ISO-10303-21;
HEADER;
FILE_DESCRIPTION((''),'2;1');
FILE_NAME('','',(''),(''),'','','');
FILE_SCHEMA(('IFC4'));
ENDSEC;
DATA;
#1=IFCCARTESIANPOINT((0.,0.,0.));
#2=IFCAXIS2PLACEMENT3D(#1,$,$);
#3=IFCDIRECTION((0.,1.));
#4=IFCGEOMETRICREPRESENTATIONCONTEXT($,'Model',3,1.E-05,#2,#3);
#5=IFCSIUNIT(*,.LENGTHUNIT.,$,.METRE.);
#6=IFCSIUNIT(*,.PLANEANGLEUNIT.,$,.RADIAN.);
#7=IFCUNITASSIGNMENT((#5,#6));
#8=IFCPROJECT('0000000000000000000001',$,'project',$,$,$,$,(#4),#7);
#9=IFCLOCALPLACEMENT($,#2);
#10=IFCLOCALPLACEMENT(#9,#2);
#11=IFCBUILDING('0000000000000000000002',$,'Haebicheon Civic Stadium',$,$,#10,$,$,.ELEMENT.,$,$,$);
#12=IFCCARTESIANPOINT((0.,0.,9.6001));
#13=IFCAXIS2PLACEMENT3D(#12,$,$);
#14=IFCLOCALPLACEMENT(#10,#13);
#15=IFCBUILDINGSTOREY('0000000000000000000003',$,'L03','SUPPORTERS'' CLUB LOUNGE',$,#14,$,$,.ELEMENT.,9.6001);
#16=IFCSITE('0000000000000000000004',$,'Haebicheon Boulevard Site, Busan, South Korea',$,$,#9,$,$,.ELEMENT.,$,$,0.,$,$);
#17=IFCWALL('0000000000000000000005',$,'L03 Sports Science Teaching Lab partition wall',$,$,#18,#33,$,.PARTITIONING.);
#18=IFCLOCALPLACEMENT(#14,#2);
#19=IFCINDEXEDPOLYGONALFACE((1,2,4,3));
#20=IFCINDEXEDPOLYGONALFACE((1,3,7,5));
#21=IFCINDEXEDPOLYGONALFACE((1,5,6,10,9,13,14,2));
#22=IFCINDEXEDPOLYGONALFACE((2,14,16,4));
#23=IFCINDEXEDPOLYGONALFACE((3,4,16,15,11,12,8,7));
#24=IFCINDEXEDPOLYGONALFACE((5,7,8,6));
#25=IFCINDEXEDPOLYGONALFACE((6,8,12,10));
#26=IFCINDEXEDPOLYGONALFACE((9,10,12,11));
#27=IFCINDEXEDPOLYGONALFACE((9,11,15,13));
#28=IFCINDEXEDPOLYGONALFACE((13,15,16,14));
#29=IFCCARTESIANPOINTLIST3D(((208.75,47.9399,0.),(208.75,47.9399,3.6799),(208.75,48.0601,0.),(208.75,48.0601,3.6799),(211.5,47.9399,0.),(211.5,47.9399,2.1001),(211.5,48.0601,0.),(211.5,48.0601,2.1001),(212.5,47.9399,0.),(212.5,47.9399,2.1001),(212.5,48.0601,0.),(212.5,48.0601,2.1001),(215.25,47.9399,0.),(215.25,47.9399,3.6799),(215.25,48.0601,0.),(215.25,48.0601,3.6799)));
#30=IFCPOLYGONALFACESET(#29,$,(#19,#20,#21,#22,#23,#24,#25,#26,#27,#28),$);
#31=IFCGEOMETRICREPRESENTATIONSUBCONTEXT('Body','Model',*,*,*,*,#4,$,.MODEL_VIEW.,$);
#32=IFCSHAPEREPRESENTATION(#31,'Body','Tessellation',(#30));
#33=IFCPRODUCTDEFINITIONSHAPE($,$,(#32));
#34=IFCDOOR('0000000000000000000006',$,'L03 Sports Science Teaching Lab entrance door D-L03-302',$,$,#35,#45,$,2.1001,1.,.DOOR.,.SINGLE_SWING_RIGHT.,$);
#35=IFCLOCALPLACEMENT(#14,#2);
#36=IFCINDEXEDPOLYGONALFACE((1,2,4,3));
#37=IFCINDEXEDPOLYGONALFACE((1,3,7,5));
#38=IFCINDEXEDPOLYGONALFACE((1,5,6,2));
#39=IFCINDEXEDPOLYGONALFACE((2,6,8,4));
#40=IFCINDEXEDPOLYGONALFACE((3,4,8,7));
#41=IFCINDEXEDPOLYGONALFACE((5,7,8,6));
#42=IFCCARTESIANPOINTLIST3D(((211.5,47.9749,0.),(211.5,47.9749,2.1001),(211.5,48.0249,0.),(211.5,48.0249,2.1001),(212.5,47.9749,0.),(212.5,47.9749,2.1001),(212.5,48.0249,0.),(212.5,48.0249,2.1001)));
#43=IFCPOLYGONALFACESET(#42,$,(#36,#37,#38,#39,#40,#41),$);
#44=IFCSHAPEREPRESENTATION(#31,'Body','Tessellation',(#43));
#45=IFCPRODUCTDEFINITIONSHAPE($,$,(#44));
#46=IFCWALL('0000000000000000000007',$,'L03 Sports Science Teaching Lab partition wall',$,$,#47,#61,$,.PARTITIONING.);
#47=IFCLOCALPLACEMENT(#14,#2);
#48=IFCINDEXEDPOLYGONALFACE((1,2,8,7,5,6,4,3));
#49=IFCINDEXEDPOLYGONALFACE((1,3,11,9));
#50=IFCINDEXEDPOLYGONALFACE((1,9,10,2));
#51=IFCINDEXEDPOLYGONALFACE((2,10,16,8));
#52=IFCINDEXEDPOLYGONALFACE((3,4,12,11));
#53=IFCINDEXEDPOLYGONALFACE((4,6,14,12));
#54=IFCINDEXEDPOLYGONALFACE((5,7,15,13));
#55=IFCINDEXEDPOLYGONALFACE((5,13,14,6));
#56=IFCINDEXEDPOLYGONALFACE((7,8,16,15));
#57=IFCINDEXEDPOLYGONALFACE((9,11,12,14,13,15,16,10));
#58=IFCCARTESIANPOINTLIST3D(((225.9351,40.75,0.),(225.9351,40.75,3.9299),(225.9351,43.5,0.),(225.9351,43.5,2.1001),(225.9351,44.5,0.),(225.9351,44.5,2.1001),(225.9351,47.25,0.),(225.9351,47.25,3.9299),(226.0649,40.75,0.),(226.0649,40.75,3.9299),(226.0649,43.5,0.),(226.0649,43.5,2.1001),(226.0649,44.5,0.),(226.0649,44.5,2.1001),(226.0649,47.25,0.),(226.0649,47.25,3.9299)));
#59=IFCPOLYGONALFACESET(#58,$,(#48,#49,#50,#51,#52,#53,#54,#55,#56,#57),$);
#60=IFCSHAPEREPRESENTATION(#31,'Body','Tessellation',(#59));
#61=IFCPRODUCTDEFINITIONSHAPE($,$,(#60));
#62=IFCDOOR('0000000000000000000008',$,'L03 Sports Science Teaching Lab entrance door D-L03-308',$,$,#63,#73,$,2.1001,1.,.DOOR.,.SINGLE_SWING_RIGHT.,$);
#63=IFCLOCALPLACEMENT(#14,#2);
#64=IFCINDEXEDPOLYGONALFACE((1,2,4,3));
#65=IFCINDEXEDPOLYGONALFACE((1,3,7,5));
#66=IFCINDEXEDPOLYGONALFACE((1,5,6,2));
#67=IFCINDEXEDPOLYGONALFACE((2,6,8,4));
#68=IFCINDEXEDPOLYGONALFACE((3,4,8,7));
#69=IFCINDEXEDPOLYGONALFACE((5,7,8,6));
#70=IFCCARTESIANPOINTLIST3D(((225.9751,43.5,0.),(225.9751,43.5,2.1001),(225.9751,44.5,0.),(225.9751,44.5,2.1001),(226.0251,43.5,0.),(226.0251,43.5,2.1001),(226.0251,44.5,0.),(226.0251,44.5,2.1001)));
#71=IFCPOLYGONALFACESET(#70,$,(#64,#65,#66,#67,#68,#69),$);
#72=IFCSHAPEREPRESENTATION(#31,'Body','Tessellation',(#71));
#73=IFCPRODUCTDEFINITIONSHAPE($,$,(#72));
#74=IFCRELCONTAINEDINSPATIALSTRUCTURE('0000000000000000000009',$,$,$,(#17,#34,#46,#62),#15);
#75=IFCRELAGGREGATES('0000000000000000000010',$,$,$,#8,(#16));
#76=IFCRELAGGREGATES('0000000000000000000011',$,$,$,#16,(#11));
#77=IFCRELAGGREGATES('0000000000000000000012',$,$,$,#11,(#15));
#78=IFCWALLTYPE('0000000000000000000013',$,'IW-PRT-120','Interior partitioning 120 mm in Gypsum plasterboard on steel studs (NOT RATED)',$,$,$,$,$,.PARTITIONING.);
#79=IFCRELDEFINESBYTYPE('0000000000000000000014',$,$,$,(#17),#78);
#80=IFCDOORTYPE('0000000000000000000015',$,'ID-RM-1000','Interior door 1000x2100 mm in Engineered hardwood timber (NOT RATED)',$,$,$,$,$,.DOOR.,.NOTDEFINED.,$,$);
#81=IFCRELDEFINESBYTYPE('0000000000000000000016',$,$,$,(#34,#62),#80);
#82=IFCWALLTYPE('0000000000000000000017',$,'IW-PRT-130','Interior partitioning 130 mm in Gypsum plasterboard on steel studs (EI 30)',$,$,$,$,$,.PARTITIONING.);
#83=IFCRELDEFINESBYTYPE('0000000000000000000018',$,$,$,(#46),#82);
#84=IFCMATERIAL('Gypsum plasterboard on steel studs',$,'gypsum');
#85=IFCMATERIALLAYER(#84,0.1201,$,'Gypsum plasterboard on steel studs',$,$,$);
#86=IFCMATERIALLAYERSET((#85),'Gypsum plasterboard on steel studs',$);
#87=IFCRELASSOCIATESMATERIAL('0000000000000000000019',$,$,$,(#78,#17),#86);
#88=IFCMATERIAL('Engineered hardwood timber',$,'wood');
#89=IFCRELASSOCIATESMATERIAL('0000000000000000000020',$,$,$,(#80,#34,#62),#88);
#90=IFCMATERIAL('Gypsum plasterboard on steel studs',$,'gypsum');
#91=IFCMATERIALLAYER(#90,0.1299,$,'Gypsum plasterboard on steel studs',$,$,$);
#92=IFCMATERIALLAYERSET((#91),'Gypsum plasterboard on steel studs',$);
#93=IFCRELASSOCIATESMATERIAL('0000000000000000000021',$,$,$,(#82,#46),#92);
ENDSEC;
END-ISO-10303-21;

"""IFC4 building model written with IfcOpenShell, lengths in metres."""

from ifc_helpers import new_model, si_unit, direction, frame, frame_2d, origin, place, context, subcontext, project, spatial, rectangle, extrude, material, layer, layer_set, type_object, element, fill, save


model = new_model("IFC4")

# Units and contexts
model_context = context("Model", 3, precision=1e-05, world=origin(), true_north=direction((0.0, 1.0)))
body_context = subcontext(model_context, "Body", "Model", "MODEL_VIEW")
ifc_project = project(units=[si_unit("LENGTHUNIT", "METRE"), si_unit("PLANEANGLEUNIT", "RADIAN")], contexts=[model_context])

# Site, building, storey
site_placement = place(None, origin())
site = spatial("IfcSite", under=ifc_project, at=site_placement, Name="Haebicheon Boulevard Site, Busan, South Korea", CompositionType="ELEMENT", RefElevation=0.0)
building_placement = place(site_placement, origin())
building = spatial("IfcBuilding", under=site, at=building_placement, Name="Haebicheon Civic Stadium", CompositionType="ELEMENT")
storey_placement = place(building_placement, frame((0.0, 0.0, 9.6001)))
storey = spatial("IfcBuildingStorey", under=building, at=storey_placement, Name="L03", Description="SUPPORTERS' CLUB LOUNGE", CompositionType="ELEMENT", Elevation=9.6001)

# Walls, openings, doors
ifc_material_1 = material(Name="Gypsum plasterboard on steel studs", Category="gypsum")
ifc_layer_1 = layer(ifc_material_1, 0.1201, Name="Gypsum plasterboard on steel studs")
ifc_layer_set_1 = layer_set([ifc_layer_1], Name="Gypsum plasterboard on steel studs")
wall_type_1 = type_object("IfcWallType", Name="IW-PRT-120", Description="Interior partitioning 120 mm in Gypsum plasterboard on steel studs (NOT RATED)", PredefinedType="PARTITIONING", material=ifc_layer_set_1)
wall_1_placement = place(storey_placement, frame((208.75, 48.0, 0.0), z_axis=(0.0, 0.0, 1.0), x_axis=(1.0, 0.0, 0.0)))
wall_1 = element("IfcWall", 1, at=wall_1_placement, inside=storey, type_object=wall_type_1, material=ifc_layer_set_1, Name="L03 Sports Science Teaching Lab partition wall", PredefinedType="PARTITIONING", context=body_context, shape_type="SweptSolid", body=[
    extrude(rectangle(XDim=6.5, YDim=0.1201, at=frame_2d((3.25, 0.0))), origin(), (0.0, 0.0, 1.0), 3.6799),
])
opening_1_placement = place(wall_1_placement, frame((2.75, 0.0, 0.0)))
opening_1 = element("IfcOpeningElement", 2, at=opening_1_placement, cuts=wall_1, PredefinedType="OPENING", context=body_context, shape_type="SweptSolid", body=[
    extrude(rectangle(XDim=1.0, YDim=2.1001, at=frame_2d((0.5, 1.05))), frame((0.0, 0.0701, 0.0), z_axis=(0.0, -1.0, 0.0), x_axis=(1.0, 0.0, 0.0)), (0.0, 0.0, 1.0), 0.1401),
])
ifc_material_2 = material(Name="Engineered hardwood timber", Category="wood")
door_type_1 = type_object("IfcDoorType", Name="ID-RM-1000", Description="Interior door 1000x2100 mm in Engineered hardwood timber (NOT RATED)", OperationType="NOTDEFINED", PredefinedType="DOOR", material=ifc_material_2)
door_1_placement = place(opening_1_placement, origin())
door_1 = element("IfcDoor", 3, at=door_1_placement, inside=storey, type_object=door_type_1, material=ifc_material_2, Name="L03 Sports Science Teaching Lab entrance door D-L03-302", OperationType="SINGLE_SWING_RIGHT", OverallHeight=2.1001, OverallWidth=1.0, PredefinedType="DOOR", context=body_context, shape_type="SweptSolid", body=[
    extrude(rectangle(XDim=1.0, YDim=2.1001, at=frame_2d((0.5, 1.05))), frame((0.0, 0.0249, 0.0), z_axis=(0.0, -1.0, 0.0), x_axis=(1.0, 0.0, 0.0)), (0.0, 0.0, 1.0), 0.05),
])
fill(opening_1, door_1)
ifc_material_3 = material(Name="Gypsum plasterboard on steel studs", Category="gypsum")
ifc_layer_2 = layer(ifc_material_3, 0.1299, Name="Gypsum plasterboard on steel studs")
ifc_layer_set_2 = layer_set([ifc_layer_2], Name="Gypsum plasterboard on steel studs")
wall_type_2 = type_object("IfcWallType", Name="IW-PRT-130", Description="Interior partitioning 130 mm in Gypsum plasterboard on steel studs (EI 30)", PredefinedType="PARTITIONING", material=ifc_layer_set_2)
wall_2_placement = place(storey_placement, frame((226.0, 40.75, 0.0), z_axis=(0.0, 0.0, 1.0), x_axis=(0.0, 1.0, 0.0)))
wall_2 = element("IfcWall", 4, at=wall_2_placement, inside=storey, type_object=wall_type_2, material=ifc_layer_set_2, Name="L03 Sports Science Teaching Lab partition wall", PredefinedType="PARTITIONING", context=body_context, shape_type="SweptSolid", body=[
    extrude(rectangle(XDim=6.5, YDim=0.1299, at=frame_2d((3.25, 0.0))), origin(), (0.0, 0.0, 1.0), 3.9299),
])
opening_2_placement = place(wall_2_placement, frame((2.75, 0.0, 0.0)))
opening_2 = element("IfcOpeningElement", 5, at=opening_2_placement, cuts=wall_2, PredefinedType="OPENING", context=body_context, shape_type="SweptSolid", body=[
    extrude(rectangle(XDim=1.0, YDim=2.1001, at=frame_2d((0.5, 1.05))), frame((0.0, 0.075, 0.0), z_axis=(0.0, -1.0, 0.0), x_axis=(1.0, 0.0, 0.0)), (0.0, 0.0, 1.0), 0.1499),
])
door_2_placement = place(opening_2_placement, origin())
door_2 = element("IfcDoor", 6, at=door_2_placement, inside=storey, type_object=door_type_1, material=ifc_material_2, Name="L03 Sports Science Teaching Lab entrance door D-L03-308", OperationType="SINGLE_SWING_RIGHT", OverallHeight=2.1001, OverallWidth=1.0, PredefinedType="DOOR", context=body_context, shape_type="SweptSolid", body=[
    extrude(rectangle(XDim=1.0, YDim=2.1001, at=frame_2d((0.5, 1.05))), frame((0.0, 0.0249, 0.0), z_axis=(0.0, -1.0, 0.0), x_axis=(1.0, 0.0, 0.0)), (0.0, 0.0, 1.0), 0.05),
])
fill(opening_2, door_2)

save(model, "model.ifc")
